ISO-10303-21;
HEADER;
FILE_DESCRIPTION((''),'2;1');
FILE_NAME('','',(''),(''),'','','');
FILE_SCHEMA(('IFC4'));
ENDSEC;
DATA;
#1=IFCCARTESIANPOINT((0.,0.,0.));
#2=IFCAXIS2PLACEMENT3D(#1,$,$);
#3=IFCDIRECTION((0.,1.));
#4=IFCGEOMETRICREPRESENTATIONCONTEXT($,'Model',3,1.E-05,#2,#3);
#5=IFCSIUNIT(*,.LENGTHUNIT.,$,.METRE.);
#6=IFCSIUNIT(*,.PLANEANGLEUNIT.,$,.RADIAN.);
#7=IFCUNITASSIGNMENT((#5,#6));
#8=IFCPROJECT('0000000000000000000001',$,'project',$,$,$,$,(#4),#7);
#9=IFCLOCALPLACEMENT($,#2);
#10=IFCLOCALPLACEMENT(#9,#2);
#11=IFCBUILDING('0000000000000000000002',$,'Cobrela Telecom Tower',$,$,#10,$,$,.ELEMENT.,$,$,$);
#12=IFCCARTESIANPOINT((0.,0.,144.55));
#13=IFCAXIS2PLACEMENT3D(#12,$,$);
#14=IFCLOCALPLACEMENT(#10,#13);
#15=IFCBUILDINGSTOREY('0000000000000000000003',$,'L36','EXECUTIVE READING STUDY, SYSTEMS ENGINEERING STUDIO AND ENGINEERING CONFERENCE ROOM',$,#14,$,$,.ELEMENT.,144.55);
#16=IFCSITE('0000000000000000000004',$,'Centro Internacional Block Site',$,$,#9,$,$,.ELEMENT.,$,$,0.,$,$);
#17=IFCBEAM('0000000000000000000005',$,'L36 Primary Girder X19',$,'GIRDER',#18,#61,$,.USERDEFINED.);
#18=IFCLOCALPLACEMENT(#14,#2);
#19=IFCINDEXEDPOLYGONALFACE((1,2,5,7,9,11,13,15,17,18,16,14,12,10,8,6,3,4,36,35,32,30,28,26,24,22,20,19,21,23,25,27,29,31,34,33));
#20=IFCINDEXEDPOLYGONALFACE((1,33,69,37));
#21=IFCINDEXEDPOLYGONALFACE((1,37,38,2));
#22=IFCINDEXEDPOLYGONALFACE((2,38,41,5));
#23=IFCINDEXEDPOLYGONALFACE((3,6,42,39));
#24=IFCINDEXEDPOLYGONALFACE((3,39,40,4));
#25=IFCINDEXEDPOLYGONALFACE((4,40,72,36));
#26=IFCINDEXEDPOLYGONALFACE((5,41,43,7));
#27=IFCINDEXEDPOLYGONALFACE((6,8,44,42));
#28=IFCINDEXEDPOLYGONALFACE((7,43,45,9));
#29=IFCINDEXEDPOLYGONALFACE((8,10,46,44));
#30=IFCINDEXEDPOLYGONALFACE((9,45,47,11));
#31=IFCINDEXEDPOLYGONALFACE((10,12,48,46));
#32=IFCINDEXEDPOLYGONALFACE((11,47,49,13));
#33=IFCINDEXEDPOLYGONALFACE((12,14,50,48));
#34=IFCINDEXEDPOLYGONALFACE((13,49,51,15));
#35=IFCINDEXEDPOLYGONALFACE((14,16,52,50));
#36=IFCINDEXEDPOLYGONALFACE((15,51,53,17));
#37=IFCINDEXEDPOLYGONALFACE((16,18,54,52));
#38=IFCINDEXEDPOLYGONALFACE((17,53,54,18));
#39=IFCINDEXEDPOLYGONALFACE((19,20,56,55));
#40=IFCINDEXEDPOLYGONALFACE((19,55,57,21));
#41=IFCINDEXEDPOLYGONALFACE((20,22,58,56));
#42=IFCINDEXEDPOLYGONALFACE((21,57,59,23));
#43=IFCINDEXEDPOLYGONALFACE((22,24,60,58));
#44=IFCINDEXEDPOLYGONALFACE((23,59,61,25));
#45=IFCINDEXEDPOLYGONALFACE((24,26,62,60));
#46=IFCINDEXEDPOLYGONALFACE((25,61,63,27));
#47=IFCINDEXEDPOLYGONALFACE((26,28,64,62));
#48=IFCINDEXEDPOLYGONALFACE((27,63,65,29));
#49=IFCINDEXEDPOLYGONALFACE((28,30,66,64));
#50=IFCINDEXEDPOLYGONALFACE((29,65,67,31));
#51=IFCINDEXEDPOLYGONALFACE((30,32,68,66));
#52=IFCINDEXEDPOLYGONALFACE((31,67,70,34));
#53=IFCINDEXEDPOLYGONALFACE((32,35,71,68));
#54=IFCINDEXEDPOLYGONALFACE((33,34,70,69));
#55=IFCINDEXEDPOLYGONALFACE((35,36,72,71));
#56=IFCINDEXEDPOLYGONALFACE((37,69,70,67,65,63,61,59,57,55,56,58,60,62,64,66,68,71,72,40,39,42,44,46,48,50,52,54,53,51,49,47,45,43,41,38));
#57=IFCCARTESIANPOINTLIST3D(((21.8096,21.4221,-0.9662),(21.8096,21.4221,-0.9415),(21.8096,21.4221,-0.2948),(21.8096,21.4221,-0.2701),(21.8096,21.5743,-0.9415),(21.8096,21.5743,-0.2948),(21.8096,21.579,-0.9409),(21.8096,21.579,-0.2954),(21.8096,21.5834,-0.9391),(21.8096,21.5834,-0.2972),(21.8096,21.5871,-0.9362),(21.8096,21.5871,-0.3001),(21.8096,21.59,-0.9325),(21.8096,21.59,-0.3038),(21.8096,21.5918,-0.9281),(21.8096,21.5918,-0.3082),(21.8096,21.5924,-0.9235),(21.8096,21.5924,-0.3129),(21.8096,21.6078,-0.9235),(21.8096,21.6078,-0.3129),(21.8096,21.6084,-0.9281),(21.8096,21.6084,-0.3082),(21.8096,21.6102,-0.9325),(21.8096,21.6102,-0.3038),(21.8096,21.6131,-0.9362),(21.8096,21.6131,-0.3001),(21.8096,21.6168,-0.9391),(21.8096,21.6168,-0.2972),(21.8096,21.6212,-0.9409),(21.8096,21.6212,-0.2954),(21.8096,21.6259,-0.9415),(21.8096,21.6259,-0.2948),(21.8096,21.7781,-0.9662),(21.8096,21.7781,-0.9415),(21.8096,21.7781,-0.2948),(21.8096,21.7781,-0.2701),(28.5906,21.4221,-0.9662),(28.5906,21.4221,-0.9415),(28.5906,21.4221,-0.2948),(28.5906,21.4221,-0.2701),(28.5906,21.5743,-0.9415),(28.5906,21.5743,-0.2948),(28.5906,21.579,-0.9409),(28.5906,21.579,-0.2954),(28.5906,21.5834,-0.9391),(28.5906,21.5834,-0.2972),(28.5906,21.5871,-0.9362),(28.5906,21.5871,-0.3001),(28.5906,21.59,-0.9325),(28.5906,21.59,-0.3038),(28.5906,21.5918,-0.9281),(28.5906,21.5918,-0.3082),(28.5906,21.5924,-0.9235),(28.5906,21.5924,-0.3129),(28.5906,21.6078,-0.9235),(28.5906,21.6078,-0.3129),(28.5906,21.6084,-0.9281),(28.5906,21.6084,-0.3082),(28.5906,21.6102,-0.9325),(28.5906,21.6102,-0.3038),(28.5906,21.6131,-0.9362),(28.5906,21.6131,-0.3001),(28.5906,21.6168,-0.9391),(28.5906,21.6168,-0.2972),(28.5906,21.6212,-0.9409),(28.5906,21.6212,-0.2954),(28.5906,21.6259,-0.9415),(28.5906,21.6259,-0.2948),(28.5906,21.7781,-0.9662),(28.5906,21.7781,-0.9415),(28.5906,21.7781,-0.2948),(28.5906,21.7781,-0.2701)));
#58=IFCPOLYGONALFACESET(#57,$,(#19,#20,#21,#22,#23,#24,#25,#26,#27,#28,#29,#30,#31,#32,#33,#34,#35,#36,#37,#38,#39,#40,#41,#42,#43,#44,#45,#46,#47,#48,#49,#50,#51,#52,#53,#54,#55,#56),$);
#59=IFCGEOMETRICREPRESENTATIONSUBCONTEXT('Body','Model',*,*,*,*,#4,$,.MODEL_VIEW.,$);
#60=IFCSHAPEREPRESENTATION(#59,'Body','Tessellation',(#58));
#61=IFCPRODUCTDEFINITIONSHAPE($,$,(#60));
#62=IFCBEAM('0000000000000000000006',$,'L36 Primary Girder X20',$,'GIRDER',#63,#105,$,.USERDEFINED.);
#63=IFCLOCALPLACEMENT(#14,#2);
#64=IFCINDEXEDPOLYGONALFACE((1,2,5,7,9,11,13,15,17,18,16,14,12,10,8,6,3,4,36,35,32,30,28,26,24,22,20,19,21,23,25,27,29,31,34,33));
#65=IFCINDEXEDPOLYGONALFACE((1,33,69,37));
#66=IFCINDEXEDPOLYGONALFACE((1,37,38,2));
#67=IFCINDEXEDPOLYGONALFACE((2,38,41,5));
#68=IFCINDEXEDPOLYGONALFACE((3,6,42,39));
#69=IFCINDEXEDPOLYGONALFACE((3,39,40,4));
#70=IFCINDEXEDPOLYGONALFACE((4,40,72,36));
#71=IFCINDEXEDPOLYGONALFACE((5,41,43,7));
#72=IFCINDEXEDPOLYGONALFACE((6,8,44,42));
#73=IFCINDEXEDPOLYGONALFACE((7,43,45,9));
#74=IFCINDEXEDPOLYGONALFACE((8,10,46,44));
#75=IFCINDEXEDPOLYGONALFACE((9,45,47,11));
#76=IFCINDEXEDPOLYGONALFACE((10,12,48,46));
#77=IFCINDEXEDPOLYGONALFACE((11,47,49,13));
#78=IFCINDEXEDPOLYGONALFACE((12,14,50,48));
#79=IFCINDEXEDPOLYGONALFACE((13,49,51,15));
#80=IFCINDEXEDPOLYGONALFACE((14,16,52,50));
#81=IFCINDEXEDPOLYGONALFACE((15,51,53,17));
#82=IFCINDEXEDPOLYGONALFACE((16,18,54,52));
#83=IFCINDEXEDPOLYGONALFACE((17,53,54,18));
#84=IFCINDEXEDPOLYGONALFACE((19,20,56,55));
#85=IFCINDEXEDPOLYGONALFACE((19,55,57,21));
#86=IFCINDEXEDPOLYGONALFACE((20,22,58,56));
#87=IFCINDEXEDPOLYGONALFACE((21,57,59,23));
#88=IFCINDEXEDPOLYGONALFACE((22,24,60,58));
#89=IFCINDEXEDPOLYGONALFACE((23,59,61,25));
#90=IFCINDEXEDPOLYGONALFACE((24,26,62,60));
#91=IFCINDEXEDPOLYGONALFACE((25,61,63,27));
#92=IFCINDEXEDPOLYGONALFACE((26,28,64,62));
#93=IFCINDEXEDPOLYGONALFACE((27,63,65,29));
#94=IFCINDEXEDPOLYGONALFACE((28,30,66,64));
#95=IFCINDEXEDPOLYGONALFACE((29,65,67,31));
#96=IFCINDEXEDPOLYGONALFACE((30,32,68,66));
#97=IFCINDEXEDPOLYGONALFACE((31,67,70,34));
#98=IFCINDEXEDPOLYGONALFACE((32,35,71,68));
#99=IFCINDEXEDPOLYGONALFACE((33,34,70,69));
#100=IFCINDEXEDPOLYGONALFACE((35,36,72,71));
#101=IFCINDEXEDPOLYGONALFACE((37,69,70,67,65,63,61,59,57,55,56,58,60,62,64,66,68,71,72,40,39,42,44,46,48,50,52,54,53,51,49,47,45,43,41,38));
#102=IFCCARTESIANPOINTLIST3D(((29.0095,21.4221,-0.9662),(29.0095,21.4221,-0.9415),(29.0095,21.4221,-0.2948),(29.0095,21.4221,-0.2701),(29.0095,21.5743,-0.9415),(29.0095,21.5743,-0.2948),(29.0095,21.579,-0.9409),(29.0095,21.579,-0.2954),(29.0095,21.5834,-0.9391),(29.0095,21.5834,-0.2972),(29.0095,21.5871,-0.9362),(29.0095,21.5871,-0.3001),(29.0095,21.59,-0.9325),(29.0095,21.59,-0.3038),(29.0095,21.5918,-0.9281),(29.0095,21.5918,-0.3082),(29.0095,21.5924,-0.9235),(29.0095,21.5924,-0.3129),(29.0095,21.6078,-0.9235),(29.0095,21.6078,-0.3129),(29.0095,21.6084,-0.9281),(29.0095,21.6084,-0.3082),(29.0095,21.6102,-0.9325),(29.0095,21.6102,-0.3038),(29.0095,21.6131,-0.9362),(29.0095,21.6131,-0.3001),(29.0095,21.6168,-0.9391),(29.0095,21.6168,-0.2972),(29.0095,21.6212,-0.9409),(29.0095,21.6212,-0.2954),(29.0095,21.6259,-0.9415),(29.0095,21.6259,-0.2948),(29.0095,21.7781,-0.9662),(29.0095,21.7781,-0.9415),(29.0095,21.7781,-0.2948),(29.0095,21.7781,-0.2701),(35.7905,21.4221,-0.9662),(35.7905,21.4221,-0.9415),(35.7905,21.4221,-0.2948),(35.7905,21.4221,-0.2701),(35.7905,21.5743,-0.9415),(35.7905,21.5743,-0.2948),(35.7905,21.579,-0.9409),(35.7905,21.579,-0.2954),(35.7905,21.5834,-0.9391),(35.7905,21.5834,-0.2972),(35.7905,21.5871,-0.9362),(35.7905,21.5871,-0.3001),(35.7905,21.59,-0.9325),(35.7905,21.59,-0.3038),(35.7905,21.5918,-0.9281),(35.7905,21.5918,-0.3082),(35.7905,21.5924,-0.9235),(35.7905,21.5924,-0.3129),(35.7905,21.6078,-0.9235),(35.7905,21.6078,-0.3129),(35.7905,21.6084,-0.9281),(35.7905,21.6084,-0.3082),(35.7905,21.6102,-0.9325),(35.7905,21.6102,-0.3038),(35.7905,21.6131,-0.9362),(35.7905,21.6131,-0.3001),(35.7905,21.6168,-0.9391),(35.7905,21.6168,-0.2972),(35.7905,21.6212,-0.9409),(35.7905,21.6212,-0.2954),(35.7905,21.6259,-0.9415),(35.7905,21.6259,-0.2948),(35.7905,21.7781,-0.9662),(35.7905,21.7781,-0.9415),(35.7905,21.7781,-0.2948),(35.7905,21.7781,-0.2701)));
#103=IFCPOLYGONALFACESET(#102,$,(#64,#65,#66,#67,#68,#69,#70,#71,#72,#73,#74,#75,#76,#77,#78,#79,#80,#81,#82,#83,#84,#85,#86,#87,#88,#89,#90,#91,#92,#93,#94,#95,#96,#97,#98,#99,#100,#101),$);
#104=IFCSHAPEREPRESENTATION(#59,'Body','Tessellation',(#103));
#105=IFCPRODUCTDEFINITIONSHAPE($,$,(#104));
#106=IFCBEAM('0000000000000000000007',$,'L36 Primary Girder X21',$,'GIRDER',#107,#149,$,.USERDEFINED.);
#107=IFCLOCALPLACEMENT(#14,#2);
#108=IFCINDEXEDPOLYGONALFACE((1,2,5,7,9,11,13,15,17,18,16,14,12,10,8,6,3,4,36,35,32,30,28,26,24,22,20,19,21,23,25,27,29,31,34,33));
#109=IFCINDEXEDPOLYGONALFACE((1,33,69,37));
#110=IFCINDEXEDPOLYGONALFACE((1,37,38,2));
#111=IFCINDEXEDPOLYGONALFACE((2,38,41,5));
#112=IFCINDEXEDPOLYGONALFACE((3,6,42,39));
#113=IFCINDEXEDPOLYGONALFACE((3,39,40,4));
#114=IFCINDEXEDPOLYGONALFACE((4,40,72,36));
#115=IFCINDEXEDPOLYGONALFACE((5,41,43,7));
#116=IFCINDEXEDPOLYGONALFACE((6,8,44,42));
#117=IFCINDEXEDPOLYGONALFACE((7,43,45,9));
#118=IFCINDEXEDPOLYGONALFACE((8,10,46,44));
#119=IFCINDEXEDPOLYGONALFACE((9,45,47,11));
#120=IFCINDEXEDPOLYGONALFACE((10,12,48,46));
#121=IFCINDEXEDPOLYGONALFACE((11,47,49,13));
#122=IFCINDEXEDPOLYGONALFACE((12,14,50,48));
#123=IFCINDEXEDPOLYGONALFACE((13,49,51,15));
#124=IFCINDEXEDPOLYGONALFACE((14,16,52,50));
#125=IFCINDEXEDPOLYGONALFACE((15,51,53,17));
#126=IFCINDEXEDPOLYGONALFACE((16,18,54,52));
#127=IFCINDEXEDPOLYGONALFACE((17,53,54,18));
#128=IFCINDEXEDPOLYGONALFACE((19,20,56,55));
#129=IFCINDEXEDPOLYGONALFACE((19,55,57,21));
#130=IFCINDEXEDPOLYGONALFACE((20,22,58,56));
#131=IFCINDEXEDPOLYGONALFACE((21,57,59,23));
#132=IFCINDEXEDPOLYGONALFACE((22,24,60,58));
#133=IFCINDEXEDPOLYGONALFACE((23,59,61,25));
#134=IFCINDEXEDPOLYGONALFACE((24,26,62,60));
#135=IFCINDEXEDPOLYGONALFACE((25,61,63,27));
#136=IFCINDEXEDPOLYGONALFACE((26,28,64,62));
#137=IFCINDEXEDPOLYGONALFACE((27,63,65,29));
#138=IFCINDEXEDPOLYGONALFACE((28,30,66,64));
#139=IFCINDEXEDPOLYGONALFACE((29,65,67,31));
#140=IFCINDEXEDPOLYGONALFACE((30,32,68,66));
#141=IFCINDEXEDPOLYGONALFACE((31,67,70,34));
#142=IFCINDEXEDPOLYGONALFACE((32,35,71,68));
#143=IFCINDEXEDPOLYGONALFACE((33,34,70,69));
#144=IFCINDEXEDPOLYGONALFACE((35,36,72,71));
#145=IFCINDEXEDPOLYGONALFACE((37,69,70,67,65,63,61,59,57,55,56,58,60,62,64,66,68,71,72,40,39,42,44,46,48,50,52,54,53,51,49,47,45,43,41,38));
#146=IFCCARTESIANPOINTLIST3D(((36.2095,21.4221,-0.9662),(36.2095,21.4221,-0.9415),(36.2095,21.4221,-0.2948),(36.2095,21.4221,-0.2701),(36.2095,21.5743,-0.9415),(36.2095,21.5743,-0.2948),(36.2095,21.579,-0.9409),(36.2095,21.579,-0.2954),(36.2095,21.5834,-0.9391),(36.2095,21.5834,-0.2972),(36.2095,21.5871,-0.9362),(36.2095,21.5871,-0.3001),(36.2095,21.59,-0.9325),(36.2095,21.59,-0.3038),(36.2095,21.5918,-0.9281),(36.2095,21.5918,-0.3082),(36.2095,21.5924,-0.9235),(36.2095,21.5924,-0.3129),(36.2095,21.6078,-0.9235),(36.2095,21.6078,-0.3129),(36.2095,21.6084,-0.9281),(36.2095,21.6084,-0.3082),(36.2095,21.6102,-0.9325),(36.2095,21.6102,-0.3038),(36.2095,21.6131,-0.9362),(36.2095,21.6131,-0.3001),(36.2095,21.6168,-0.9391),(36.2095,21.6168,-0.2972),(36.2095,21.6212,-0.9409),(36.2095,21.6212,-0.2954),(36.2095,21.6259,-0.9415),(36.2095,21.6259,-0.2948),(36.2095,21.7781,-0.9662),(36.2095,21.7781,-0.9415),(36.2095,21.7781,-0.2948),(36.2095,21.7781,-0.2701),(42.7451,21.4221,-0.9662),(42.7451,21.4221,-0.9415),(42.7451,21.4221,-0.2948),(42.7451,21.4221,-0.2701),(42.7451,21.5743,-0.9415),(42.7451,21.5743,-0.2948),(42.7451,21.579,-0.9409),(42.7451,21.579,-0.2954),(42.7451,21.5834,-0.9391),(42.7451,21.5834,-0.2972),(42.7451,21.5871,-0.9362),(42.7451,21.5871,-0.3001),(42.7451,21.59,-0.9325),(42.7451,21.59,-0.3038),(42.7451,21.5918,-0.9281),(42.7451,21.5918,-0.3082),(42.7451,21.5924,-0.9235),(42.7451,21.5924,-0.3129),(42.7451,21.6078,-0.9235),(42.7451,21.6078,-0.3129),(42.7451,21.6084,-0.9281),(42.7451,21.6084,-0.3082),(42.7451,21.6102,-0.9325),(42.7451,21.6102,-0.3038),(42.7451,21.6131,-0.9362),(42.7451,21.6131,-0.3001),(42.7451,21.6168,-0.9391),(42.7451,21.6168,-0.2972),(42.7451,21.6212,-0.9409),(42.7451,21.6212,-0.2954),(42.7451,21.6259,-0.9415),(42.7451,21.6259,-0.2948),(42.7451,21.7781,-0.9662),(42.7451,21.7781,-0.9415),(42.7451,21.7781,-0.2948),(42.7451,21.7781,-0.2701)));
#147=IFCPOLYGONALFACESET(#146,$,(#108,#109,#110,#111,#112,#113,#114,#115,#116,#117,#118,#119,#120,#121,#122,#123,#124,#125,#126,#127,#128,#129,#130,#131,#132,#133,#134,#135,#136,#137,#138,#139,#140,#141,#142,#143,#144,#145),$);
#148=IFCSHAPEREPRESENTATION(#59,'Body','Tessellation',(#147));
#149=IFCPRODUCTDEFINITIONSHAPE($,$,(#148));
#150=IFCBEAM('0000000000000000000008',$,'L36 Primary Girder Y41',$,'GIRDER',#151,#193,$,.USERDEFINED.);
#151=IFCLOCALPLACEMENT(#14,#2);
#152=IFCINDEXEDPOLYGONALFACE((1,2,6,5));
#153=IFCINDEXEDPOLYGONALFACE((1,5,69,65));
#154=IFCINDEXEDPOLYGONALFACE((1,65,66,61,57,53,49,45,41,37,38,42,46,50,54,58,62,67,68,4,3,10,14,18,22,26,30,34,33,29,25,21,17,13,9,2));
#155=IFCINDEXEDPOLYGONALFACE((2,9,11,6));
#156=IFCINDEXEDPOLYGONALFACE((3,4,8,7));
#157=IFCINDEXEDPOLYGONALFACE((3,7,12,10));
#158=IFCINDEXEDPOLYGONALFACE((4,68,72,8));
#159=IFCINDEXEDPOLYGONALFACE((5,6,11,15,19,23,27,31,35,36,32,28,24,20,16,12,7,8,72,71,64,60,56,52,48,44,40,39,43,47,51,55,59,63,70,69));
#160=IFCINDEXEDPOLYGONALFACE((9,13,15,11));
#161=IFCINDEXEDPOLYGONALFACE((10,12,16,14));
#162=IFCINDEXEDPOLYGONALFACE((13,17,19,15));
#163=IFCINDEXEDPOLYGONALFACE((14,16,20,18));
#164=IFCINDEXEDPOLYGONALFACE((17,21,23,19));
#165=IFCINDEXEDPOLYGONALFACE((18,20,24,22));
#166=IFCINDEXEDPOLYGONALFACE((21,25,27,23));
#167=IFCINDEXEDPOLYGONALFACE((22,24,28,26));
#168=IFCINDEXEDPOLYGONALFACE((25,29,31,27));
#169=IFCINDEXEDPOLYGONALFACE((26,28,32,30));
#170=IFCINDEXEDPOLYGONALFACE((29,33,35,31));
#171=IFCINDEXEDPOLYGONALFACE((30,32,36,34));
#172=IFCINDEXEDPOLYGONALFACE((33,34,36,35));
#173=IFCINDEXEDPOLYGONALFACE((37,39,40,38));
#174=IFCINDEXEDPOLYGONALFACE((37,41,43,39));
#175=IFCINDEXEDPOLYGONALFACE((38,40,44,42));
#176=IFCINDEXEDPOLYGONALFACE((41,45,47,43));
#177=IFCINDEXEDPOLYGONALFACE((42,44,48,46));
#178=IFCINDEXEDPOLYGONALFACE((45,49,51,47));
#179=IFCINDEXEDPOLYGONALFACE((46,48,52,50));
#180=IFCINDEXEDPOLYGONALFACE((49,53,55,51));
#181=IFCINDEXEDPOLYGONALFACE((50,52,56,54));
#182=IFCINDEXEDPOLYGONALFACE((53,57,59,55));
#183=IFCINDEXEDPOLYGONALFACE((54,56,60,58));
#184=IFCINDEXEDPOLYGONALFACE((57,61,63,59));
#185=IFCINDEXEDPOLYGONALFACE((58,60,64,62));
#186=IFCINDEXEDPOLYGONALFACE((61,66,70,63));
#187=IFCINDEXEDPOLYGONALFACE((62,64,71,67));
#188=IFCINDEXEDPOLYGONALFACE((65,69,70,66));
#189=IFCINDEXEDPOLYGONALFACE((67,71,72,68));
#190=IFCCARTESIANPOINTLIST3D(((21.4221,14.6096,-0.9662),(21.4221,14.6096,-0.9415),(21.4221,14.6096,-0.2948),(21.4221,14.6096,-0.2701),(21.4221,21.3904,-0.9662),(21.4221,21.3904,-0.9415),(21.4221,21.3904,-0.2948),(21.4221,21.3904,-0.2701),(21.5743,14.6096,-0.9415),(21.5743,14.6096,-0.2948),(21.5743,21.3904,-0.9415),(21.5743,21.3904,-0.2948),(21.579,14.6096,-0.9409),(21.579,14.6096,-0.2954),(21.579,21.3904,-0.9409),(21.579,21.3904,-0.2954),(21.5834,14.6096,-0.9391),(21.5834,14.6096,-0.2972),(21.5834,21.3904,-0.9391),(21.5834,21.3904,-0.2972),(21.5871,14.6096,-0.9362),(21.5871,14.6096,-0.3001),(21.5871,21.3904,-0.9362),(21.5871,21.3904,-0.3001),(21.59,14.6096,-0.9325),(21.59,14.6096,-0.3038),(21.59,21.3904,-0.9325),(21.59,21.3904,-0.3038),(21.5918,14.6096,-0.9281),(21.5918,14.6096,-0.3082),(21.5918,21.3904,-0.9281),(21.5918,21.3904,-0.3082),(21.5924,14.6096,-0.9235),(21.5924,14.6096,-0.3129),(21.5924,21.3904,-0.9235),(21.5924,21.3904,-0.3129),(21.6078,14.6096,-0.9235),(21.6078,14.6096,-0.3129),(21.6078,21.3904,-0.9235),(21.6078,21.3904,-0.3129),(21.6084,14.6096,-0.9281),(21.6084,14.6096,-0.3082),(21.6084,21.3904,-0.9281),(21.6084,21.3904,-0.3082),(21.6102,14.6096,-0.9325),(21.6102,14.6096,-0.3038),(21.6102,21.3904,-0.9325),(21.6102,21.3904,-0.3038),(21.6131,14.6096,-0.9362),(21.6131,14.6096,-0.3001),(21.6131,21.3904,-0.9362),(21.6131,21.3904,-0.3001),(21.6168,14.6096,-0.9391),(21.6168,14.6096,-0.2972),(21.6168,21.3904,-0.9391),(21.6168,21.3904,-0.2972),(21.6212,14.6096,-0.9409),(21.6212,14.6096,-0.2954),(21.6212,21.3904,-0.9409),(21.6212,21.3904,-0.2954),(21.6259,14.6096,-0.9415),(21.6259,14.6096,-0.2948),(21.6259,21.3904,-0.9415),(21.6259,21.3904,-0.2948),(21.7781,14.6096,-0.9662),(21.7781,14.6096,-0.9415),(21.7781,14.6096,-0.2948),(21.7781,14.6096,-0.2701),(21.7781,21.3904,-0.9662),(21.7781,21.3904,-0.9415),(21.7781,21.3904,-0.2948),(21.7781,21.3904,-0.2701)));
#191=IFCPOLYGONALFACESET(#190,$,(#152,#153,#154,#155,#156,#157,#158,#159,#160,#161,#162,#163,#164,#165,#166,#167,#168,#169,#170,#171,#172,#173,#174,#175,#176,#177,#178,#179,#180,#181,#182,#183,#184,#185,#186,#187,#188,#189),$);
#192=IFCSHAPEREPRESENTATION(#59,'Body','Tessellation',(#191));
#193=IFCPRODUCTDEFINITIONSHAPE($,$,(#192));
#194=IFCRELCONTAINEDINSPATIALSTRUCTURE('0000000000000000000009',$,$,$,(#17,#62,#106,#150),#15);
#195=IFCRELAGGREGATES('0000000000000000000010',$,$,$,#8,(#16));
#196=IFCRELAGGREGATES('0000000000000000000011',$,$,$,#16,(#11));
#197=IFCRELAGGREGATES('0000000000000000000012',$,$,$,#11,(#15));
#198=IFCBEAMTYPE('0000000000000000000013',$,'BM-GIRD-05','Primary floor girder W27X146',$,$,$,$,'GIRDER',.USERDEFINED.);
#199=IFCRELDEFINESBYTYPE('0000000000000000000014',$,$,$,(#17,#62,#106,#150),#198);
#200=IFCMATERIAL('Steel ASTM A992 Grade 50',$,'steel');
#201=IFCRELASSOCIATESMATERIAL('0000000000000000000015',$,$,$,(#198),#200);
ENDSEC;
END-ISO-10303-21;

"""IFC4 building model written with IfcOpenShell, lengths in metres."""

from ifc_helpers import new_model, si_unit, direction, frame, origin, origin_2d, place, context, subcontext, project, spatial, i_section, extrude, material, material_profile, profile_set, type_object, element, save


model = new_model("IFC4")

# Units and contexts
model_context = context("Model", 3, precision=1e-05, world=origin(), true_north=direction((0.0, 1.0)))
body_context = subcontext(model_context, "Body", "Model", "MODEL_VIEW")
ifc_project = project(units=[si_unit("LENGTHUNIT", "METRE"), si_unit("PLANEANGLEUNIT", "RADIAN")], contexts=[model_context])

# Site, building, storey
site_placement = place(None, origin())
site = spatial("IfcSite", under=ifc_project, at=site_placement, Name="Centro Internacional Block Site", CompositionType="ELEMENT", RefElevation=0.0)
building_placement = place(site_placement, origin())
building = spatial("IfcBuilding", under=site, at=building_placement, Name="Cobrela Telecom Tower", CompositionType="ELEMENT")
storey_placement = place(building_placement, frame((0.0, 0.0, 144.55)))
storey = spatial("IfcBuildingStorey", under=building, at=storey_placement, Name="L36", Description="EXECUTIVE READING STUDY, SYSTEMS ENGINEERING STUDIO AND ENGINEERING CONFERENCE ROOM", CompositionType="ELEMENT", Elevation=144.55)

# Shared definitions
ifc_material_1 = material(Name="Steel ASTM A992 Grade 50", Category="steel")

# Beams
ifc_material_profile_1 = material_profile(ifc_material_1, i_section(OverallWidth=0.356, OverallDepth=0.696, WebThickness=0.0154, FlangeThickness=0.0247, FilletRadius=0.0181, at=origin_2d()), Name="W27X146")
ifc_profile_set_1 = profile_set([ifc_material_profile_1], Name="Steel ASTM A992 Grade 50")
beam_type_1 = type_object("IfcBeamType", Name="BM-GIRD-05", Description="Primary floor girder W27X146", ElementType="GIRDER", PredefinedType="USERDEFINED", material=ifc_profile_set_1)
for number, where, z_axis, x_axis, name in (
    (1, (21.8096, 21.6001, -0.6182), (1.0, 0.0, 0.0), (0.0, 1.0, 0.0), "L36 Primary Girder X19"),
    (2, (29.0095, 21.6001, -0.6182), (1.0, 0.0, 0.0), (0.0, 1.0, 0.0), "L36 Primary Girder X20"),
):
    element("IfcBeam", number, at=place(storey_placement, frame(where, z_axis=z_axis, x_axis=x_axis)), inside=storey, type_object=beam_type_1, Name=name, ObjectType="GIRDER", PredefinedType="USERDEFINED", context=body_context, shape_type="SweptSolid", body=[
        extrude(i_section(OverallWidth=0.356, OverallDepth=0.696, WebThickness=0.0154, FlangeThickness=0.0247, FilletRadius=0.0181, at=origin_2d()), origin(), (0.0, 0.0, 1.0), 6.781),
    ])
beam_1_placement = place(storey_placement, frame((36.2095, 21.6001, -0.6182), z_axis=(1.0, 0.0, 0.0), x_axis=(0.0, 1.0, 0.0)))
element("IfcBeam", 3, at=beam_1_placement, inside=storey, type_object=beam_type_1, Name="L36 Primary Girder X21", ObjectType="GIRDER", PredefinedType="USERDEFINED", context=body_context, shape_type="SweptSolid", body=[
    extrude(i_section(OverallWidth=0.356, OverallDepth=0.696, WebThickness=0.0154, FlangeThickness=0.0247, FilletRadius=0.0181, at=origin_2d()), origin(), (0.0, 0.0, 1.0), 6.5356),
])
beam_2_placement = place(storey_placement, frame((21.6001, 14.6096, -0.6182), z_axis=(0.0, 1.0, 0.0), x_axis=(-1.0, 0.0, 0.0)))
element("IfcBeam", 4, at=beam_2_placement, inside=storey, type_object=beam_type_1, Name="L36 Primary Girder Y41", ObjectType="GIRDER", PredefinedType="USERDEFINED", context=body_context, shape_type="SweptSolid", body=[
    extrude(i_section(OverallWidth=0.356, OverallDepth=0.696, WebThickness=0.0154, FlangeThickness=0.0247, FilletRadius=0.0181, at=origin_2d()), origin(), (0.0, 0.0, 1.0), 6.7808),
])

save(model, "model.ifc")
